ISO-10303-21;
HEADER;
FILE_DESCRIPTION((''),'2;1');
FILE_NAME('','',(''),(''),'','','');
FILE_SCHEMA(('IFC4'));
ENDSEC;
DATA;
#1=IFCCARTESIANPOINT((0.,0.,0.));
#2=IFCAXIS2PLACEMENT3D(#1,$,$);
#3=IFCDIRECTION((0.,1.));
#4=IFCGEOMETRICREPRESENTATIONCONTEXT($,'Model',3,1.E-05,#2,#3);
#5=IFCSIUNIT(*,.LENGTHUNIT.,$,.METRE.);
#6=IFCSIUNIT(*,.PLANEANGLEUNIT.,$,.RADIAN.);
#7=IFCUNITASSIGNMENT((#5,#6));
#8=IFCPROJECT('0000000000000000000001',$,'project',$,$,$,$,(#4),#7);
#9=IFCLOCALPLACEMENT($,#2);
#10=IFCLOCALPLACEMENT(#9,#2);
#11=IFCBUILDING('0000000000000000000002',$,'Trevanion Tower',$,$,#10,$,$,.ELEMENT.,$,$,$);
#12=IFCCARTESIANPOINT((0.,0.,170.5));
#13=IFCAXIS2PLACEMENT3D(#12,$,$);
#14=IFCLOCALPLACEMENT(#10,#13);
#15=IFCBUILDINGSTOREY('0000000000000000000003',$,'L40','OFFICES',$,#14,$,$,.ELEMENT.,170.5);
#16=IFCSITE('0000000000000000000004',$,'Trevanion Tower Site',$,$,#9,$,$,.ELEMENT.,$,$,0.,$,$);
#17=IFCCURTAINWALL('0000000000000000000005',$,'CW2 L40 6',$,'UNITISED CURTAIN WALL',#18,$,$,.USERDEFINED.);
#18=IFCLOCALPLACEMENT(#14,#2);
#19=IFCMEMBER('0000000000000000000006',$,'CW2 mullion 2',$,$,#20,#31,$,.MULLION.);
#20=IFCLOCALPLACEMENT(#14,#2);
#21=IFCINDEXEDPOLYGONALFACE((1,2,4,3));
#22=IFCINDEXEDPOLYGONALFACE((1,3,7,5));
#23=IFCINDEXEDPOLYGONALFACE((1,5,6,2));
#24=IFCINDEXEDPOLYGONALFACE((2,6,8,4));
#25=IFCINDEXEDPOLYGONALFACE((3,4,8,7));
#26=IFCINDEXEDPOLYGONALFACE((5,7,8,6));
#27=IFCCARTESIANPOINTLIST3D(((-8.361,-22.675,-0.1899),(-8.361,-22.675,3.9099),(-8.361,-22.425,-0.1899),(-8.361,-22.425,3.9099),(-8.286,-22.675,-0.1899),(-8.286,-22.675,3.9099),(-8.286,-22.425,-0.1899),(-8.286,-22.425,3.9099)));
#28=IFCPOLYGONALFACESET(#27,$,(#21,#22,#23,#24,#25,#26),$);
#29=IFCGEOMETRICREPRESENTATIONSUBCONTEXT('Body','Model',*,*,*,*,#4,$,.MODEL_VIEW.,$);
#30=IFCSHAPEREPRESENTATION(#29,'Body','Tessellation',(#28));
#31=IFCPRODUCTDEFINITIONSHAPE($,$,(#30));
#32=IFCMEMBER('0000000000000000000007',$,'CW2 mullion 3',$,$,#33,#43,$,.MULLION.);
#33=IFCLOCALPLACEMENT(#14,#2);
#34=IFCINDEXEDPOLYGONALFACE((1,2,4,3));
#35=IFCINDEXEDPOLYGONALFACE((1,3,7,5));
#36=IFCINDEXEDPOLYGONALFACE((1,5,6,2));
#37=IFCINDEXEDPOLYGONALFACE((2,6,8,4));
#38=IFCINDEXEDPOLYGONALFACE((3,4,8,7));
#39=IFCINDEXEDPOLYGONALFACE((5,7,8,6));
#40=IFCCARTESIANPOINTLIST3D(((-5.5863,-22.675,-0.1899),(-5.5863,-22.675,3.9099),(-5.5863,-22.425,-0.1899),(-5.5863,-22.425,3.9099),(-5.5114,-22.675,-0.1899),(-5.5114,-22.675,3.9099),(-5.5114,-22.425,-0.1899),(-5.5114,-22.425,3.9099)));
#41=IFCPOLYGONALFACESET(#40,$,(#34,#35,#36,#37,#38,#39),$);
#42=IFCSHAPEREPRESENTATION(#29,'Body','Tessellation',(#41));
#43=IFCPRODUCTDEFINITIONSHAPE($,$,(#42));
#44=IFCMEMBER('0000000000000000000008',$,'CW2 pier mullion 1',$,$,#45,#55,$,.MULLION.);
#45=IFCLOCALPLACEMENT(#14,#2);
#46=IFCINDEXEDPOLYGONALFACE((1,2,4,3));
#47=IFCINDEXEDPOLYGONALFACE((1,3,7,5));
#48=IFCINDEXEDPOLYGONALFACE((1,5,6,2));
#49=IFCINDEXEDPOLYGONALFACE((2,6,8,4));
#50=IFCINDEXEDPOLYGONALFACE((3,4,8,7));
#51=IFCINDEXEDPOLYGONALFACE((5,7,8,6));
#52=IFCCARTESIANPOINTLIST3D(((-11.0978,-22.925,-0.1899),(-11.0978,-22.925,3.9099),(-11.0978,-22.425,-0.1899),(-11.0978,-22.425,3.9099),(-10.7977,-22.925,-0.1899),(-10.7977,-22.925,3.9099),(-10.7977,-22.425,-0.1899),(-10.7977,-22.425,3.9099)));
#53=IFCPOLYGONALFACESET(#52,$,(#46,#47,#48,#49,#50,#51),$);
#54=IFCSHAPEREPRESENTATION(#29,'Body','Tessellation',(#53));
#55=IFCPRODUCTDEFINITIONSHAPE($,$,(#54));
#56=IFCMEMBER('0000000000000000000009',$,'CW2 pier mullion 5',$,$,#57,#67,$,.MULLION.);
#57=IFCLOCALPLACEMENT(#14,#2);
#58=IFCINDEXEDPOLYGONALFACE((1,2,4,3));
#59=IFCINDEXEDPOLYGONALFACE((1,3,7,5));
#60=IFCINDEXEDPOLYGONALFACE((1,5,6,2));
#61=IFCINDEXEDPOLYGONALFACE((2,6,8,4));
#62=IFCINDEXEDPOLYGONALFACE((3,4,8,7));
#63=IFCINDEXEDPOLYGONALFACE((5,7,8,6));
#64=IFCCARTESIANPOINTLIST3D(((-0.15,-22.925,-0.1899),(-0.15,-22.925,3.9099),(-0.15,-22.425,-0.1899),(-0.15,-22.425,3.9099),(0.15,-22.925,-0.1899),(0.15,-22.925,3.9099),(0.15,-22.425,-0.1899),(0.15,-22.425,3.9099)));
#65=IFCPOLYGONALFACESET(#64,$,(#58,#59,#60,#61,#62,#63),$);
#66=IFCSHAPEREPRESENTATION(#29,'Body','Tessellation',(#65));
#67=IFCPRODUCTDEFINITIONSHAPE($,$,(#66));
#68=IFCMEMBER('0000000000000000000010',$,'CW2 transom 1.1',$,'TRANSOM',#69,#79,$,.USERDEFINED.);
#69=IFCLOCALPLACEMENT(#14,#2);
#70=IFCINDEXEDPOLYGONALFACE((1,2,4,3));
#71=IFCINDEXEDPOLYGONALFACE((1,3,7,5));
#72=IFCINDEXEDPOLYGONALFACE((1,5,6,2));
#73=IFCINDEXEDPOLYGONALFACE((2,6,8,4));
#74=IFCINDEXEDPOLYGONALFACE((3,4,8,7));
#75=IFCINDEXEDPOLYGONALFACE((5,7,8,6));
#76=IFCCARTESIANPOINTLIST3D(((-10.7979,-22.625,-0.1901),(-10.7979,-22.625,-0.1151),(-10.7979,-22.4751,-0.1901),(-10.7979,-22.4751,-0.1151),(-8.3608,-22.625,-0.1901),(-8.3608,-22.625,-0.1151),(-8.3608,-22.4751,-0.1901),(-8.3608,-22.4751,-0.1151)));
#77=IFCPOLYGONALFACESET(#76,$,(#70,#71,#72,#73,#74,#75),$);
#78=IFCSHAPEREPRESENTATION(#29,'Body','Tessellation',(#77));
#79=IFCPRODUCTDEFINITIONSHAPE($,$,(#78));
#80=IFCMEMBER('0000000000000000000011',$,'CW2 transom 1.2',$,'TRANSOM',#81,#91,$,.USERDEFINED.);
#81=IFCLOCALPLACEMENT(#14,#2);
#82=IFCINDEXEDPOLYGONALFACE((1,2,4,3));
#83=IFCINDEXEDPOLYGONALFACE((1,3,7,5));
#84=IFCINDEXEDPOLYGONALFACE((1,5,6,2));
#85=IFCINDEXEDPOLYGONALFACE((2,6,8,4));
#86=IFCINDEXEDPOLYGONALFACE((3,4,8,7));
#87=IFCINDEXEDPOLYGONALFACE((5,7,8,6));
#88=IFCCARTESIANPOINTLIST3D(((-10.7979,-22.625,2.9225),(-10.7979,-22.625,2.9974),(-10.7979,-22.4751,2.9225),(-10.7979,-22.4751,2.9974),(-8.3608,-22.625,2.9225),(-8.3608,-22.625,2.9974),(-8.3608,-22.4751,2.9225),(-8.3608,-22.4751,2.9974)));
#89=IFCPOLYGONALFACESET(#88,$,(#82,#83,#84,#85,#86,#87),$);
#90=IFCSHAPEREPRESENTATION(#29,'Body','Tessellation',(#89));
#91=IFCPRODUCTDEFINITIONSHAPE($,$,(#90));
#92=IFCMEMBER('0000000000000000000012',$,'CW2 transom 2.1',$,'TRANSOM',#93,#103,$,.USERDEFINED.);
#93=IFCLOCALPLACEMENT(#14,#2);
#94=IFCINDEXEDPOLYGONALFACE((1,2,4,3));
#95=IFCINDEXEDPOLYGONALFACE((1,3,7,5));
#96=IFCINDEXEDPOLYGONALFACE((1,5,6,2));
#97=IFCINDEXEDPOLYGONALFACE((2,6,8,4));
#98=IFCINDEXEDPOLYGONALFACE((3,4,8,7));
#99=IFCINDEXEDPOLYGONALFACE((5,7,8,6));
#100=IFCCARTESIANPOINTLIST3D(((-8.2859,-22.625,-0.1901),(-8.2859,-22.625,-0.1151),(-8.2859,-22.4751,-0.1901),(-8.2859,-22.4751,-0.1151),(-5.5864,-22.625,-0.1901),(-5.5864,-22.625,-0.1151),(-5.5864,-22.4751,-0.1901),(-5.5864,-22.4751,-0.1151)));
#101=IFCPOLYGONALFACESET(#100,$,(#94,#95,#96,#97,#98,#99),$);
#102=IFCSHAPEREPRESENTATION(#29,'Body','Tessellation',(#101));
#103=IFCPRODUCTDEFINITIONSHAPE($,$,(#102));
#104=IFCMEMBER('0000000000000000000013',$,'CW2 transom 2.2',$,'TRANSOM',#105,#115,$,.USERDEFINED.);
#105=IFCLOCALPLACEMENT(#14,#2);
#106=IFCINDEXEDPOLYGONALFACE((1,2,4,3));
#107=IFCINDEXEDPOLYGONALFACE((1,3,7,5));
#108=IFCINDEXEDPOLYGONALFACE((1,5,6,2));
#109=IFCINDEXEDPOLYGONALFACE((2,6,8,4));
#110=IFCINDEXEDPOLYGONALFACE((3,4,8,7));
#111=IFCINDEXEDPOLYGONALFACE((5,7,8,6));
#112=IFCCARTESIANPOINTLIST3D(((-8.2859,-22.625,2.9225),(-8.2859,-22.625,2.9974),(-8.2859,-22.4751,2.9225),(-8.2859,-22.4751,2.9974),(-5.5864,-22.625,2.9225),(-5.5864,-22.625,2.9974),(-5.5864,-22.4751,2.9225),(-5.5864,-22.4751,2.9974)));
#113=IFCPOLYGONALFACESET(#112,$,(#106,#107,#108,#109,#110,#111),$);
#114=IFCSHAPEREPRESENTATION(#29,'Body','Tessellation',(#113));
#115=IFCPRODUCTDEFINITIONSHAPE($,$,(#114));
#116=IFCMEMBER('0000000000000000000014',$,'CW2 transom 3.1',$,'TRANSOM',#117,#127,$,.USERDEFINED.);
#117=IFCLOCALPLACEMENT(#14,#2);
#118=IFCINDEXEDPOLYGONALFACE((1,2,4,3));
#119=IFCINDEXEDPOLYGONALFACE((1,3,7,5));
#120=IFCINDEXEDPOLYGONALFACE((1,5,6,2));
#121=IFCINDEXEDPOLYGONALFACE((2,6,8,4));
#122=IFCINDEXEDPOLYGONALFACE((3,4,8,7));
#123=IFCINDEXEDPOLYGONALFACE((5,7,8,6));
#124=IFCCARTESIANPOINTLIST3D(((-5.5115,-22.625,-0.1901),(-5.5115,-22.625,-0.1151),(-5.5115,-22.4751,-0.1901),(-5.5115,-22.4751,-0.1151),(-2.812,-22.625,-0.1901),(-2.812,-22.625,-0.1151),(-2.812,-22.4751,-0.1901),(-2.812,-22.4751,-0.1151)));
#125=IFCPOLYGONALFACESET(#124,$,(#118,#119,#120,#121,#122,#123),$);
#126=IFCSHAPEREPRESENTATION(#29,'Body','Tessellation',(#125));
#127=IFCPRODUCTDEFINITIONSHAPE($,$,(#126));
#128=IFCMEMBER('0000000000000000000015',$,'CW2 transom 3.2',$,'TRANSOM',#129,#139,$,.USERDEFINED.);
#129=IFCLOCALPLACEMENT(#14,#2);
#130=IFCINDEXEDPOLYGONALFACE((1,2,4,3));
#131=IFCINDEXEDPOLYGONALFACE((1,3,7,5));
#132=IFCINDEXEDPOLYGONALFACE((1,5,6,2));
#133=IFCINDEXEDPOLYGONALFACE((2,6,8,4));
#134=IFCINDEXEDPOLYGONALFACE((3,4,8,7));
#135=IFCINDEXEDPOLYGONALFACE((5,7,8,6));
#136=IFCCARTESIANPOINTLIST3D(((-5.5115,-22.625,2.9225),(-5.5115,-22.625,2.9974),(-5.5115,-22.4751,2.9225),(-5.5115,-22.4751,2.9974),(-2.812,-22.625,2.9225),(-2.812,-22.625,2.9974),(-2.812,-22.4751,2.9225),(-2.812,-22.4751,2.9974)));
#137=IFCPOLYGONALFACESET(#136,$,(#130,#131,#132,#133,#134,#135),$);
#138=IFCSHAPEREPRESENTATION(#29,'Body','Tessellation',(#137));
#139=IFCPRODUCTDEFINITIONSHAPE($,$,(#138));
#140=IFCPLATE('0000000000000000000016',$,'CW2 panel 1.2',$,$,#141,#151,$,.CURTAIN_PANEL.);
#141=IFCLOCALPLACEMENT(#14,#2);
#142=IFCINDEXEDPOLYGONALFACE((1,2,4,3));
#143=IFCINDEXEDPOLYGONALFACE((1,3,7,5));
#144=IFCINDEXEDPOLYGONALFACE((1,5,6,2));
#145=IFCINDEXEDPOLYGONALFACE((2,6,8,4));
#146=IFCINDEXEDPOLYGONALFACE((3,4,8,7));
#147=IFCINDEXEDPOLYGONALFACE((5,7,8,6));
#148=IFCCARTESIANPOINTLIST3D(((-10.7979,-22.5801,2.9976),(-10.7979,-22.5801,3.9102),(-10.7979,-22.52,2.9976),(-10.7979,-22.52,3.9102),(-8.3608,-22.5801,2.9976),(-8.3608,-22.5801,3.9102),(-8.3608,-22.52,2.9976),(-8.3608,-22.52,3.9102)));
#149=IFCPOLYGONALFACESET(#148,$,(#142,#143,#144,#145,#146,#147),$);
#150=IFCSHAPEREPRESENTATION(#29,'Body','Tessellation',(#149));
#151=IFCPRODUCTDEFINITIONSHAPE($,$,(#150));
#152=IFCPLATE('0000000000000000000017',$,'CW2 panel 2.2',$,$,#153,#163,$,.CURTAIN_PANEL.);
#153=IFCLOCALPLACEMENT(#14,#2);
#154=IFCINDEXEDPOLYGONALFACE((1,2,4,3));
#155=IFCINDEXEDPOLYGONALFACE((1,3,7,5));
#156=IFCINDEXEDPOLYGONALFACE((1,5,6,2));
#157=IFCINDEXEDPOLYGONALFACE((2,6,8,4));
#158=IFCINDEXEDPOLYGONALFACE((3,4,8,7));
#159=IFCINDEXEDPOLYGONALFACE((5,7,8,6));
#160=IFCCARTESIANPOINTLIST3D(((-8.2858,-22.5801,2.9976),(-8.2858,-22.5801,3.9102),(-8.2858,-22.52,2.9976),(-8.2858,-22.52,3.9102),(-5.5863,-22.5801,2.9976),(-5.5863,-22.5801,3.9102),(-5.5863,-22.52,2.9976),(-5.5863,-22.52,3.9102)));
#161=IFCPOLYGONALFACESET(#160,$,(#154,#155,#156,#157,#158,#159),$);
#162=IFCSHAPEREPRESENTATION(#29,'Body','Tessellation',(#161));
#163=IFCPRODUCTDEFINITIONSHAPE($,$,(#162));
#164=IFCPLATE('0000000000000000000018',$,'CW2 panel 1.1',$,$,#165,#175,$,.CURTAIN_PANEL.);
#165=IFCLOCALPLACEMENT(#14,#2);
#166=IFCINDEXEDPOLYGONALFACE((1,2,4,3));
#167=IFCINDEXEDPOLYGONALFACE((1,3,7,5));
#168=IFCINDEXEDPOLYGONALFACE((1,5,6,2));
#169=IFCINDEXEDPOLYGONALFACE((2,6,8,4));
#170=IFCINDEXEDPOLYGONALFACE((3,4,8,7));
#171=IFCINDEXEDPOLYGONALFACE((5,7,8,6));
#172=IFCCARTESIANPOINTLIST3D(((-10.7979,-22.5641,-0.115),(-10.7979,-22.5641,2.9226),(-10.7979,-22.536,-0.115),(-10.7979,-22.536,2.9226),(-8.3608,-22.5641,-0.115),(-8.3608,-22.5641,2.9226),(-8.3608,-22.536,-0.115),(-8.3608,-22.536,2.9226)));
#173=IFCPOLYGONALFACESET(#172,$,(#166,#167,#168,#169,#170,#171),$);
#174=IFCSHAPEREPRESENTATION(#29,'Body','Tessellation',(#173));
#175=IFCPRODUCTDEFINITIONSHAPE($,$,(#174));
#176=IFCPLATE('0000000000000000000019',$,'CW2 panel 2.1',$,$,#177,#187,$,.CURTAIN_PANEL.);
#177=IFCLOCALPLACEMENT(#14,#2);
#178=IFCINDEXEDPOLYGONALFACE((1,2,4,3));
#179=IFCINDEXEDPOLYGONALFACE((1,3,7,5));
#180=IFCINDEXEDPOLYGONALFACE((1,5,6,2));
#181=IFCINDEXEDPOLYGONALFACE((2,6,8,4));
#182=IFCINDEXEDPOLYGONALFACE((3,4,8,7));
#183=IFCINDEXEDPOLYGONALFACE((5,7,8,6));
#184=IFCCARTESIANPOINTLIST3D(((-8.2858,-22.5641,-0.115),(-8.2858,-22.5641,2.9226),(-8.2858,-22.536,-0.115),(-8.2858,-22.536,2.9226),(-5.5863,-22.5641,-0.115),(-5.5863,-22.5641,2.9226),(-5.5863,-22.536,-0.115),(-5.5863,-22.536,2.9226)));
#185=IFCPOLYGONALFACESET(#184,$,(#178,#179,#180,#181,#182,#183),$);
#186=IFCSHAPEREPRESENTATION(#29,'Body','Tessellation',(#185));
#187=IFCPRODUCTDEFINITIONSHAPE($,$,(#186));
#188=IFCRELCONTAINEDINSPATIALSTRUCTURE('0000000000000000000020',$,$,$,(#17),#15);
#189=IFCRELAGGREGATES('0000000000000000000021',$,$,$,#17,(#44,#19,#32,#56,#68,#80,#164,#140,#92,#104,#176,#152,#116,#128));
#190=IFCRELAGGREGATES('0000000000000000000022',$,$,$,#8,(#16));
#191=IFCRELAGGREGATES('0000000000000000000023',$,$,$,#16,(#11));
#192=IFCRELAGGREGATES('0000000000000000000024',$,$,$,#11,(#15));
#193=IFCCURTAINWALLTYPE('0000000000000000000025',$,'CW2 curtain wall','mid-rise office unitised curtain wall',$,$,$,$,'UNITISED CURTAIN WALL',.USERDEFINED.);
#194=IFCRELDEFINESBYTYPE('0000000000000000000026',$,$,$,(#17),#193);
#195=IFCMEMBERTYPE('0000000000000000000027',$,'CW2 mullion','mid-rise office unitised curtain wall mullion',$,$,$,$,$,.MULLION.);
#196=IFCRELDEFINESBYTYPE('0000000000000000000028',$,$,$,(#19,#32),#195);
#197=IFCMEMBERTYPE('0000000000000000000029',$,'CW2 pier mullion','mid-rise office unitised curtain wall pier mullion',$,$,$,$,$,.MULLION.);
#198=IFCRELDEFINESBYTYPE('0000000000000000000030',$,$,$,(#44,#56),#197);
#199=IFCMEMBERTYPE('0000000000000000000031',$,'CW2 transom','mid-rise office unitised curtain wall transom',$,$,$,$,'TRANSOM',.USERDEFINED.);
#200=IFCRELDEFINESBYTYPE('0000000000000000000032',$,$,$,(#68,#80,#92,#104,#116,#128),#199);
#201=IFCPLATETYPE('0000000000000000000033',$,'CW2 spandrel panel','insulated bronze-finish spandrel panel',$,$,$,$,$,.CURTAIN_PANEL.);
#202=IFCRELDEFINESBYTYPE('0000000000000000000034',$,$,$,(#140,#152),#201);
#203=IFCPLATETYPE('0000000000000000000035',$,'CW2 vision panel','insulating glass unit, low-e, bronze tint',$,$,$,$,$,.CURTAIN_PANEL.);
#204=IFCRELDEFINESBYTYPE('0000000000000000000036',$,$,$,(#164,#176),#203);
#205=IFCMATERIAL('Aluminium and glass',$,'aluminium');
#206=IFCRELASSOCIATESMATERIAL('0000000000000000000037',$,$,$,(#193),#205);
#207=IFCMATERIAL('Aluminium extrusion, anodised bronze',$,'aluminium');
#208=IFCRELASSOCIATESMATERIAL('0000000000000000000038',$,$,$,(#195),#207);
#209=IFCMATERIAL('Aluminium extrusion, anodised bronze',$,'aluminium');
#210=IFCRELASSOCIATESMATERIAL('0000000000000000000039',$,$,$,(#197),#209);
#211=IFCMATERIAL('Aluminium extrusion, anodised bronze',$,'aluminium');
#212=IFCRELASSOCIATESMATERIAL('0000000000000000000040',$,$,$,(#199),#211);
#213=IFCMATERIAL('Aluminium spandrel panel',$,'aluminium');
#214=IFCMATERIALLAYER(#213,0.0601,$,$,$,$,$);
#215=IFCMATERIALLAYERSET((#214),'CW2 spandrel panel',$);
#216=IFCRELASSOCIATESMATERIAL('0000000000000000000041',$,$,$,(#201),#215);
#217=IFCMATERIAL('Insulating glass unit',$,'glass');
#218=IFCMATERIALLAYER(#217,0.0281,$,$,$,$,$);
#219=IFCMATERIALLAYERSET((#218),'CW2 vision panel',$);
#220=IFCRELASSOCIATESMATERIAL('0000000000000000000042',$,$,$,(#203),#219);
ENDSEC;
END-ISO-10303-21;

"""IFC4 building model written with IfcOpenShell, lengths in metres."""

from ifc_helpers import new_model, si_unit, direction, frame, origin, origin_2d, place, context, subcontext, project, spatial, rectangle, extrude, material, layer, layer_set, material_profile, profile_set, type_object, element, aggregate, save


model = new_model("IFC4")

# Units and contexts
model_context = context("Model", 3, precision=1e-05, world=origin(), true_north=direction((0.0, 1.0)))
body_context = subcontext(model_context, "Body", "Model", "MODEL_VIEW")
ifc_project = project(units=[si_unit("LENGTHUNIT", "METRE"), si_unit("PLANEANGLEUNIT", "RADIAN")], contexts=[model_context])

# Site, building, storey
site_placement = place(None, origin())
site = spatial("IfcSite", under=ifc_project, at=site_placement, Name="Trevanion Tower Site", CompositionType="ELEMENT", RefElevation=0.0)
building_placement = place(site_placement, origin())
building = spatial("IfcBuilding", under=site, at=building_placement, Name="Trevanion Tower", CompositionType="ELEMENT")
storey_placement = place(building_placement, frame((0.0, 0.0, 170.5)))
storey = spatial("IfcBuildingStorey", under=building, at=storey_placement, Name="L40", Description="OFFICES", CompositionType="ELEMENT", Elevation=170.5)

# Curtain wall, members, plates
ifc_material_1 = material(Name="Aluminium and glass", Category="aluminium")
curtain_wall_type = type_object("IfcCurtainWallType", Name="CW2 curtain wall", Description="mid-rise office unitised curtain wall", ElementType="UNITISED CURTAIN WALL", PredefinedType="USERDEFINED", material=ifc_material_1)
curtain_wall_placement = place(storey_placement, origin())
curtain_wall = element("IfcCurtainWall", 1, at=curtain_wall_placement, inside=storey, type_object=curtain_wall_type, Name="CW2 L40 6", ObjectType="UNITISED CURTAIN WALL", PredefinedType="USERDEFINED")
ifc_material_2 = material(Name="Aluminium extrusion, anodised bronze", Category="aluminium")
ifc_material_profile_1 = material_profile(ifc_material_2, rectangle(XDim=0.075, YDim=0.25, at=origin_2d()), Name="CW2 mullion")
ifc_profile_set_1 = profile_set([ifc_material_profile_1], Name="Aluminium extrusion, anodised bronze")
member_type_1 = type_object("IfcMemberType", Name="CW2 mullion", Description="mid-rise office unitised curtain wall mullion", PredefinedType="MULLION", material=ifc_profile_set_1)
member_1_placement = place(storey_placement, frame((-8.3235, -22.55, -0.1899), z_axis=(0.0, 0.0, 1.0), x_axis=(1.0, 0.0, 0.0)))
member_1 = element("IfcMember", 2, at=member_1_placement, type_object=member_type_1, Name="CW2 mullion 2", PredefinedType="MULLION", context=body_context, shape_type="SweptSolid", body=[
    extrude(rectangle(XDim=0.075, YDim=0.25, at=origin_2d()), origin(), (0.0, 0.0, 1.0), 4.0999),
])
member_2_placement = place(storey_placement, frame((-5.5488, -22.55, -0.1899), z_axis=(0.0, 0.0, 1.0), x_axis=(1.0, 0.0, 0.0)))
member_2 = element("IfcMember", 3, at=member_2_placement, type_object=member_type_1, Name="CW2 mullion 3", PredefinedType="MULLION", context=body_context, shape_type="SweptSolid", body=[
    extrude(rectangle(XDim=0.075, YDim=0.25, at=origin_2d()), origin(), (0.0, 0.0, 1.0), 4.0999),
])
ifc_material_3 = material(Name="Aluminium extrusion, anodised bronze", Category="aluminium")
ifc_material_profile_2 = material_profile(ifc_material_3, rectangle(XDim=0.3, YDim=0.5, at=origin_2d()), Name="CW2 pier mullion")
ifc_profile_set_2 = profile_set([ifc_material_profile_2], Name="Aluminium extrusion, anodised bronze")
member_type_2 = type_object("IfcMemberType", Name="CW2 pier mullion", Description="mid-rise office unitised curtain wall pier mullion", PredefinedType="MULLION", material=ifc_profile_set_2)
member_3_placement = place(storey_placement, frame((-10.9478, -22.675, -0.1899), z_axis=(0.0, 0.0, 1.0), x_axis=(1.0, 0.0, 0.0)))
member_3 = element("IfcMember", 4, at=member_3_placement, type_object=member_type_2, Name="CW2 pier mullion 1", PredefinedType="MULLION", context=body_context, shape_type="SweptSolid", body=[
    extrude(rectangle(XDim=0.3, YDim=0.5, at=origin_2d()), origin(), (0.0, 0.0, 1.0), 4.0999),
])
member_4_placement = place(storey_placement, frame((0.0, -22.675, -0.1899), z_axis=(0.0, 0.0, 1.0), x_axis=(1.0, 0.0, 0.0)))
member_4 = element("IfcMember", 5, at=member_4_placement, type_object=member_type_2, Name="CW2 pier mullion 5", PredefinedType="MULLION", context=body_context, shape_type="SweptSolid", body=[
    extrude(rectangle(XDim=0.3, YDim=0.5, at=origin_2d()), origin(), (0.0, 0.0, 1.0), 4.0999),
])
ifc_material_4 = material(Name="Aluminium extrusion, anodised bronze", Category="aluminium")
ifc_material_profile_3 = material_profile(ifc_material_4, rectangle(XDim=0.1499, YDim=0.075, at=origin_2d()), Name="CW2 transom")
ifc_profile_set_3 = profile_set([ifc_material_profile_3], Name="Aluminium extrusion, anodised bronze")
member_type_3 = type_object("IfcMemberType", Name="CW2 transom", Description="mid-rise office unitised curtain wall transom", ElementType="TRANSOM", PredefinedType="USERDEFINED", material=ifc_profile_set_3)
member_5_placement = place(storey_placement, frame((-10.7979, -22.55, -0.1526), z_axis=(1.0, 0.0, 0.0), x_axis=(0.0, 1.0, 0.0)))
member_5 = element("IfcMember", 6, at=member_5_placement, type_object=member_type_3, Name="CW2 transom 1.1", ObjectType="TRANSOM", PredefinedType="USERDEFINED", context=body_context, shape_type="SweptSolid", body=[
    extrude(rectangle(XDim=0.1499, YDim=0.075, at=origin_2d()), origin(), (0.0, 0.0, 1.0), 2.437),
])
member_6_placement = place(storey_placement, frame((-10.7979, -22.55, 2.96), z_axis=(1.0, 0.0, 0.0), x_axis=(0.0, 1.0, 0.0)))
member_6 = element("IfcMember", 7, at=member_6_placement, type_object=member_type_3, Name="CW2 transom 1.2", ObjectType="TRANSOM", PredefinedType="USERDEFINED", context=body_context, shape_type="SweptSolid", body=[
    extrude(rectangle(XDim=0.1499, YDim=0.075, at=origin_2d()), origin(), (0.0, 0.0, 1.0), 2.437),
])
member_7_placement = place(storey_placement, frame((-8.2859, -22.55, -0.1526), z_axis=(1.0, 0.0, 0.0), x_axis=(0.0, 1.0, 0.0)))
member_7 = element("IfcMember", 8, at=member_7_placement, type_object=member_type_3, Name="CW2 transom 2.1", ObjectType="TRANSOM", PredefinedType="USERDEFINED", context=body_context, shape_type="SweptSolid", body=[
    extrude(rectangle(XDim=0.1499, YDim=0.075, at=origin_2d()), origin(), (0.0, 0.0, 1.0), 2.6995),
])
member_8_placement = place(storey_placement, frame((-8.2859, -22.55, 2.96), z_axis=(1.0, 0.0, 0.0), x_axis=(0.0, 1.0, 0.0)))
member_8 = element("IfcMember", 9, at=member_8_placement, type_object=member_type_3, Name="CW2 transom 2.2", ObjectType="TRANSOM", PredefinedType="USERDEFINED", context=body_context, shape_type="SweptSolid", body=[
    extrude(rectangle(XDim=0.1499, YDim=0.075, at=origin_2d()), origin(), (0.0, 0.0, 1.0), 2.6995),
])
member_9_placement = place(storey_placement, frame((-5.5115, -22.55, -0.1526), z_axis=(1.0, 0.0, 0.0), x_axis=(0.0, 1.0, 0.0)))
member_9 = element("IfcMember", 10, at=member_9_placement, type_object=member_type_3, Name="CW2 transom 3.1", ObjectType="TRANSOM", PredefinedType="USERDEFINED", context=body_context, shape_type="SweptSolid", body=[
    extrude(rectangle(XDim=0.1499, YDim=0.075, at=origin_2d()), origin(), (0.0, 0.0, 1.0), 2.6995),
])
member_10_placement = place(storey_placement, frame((-5.5115, -22.55, 2.96), z_axis=(1.0, 0.0, 0.0), x_axis=(0.0, 1.0, 0.0)))
member_10 = element("IfcMember", 11, at=member_10_placement, type_object=member_type_3, Name="CW2 transom 3.2", ObjectType="TRANSOM", PredefinedType="USERDEFINED", context=body_context, shape_type="SweptSolid", body=[
    extrude(rectangle(XDim=0.1499, YDim=0.075, at=origin_2d()), origin(), (0.0, 0.0, 1.0), 2.6995),
])
ifc_material_5 = material(Name="Aluminium spandrel panel", Category="aluminium")
ifc_layer_1 = layer(ifc_material_5, 0.0601)
ifc_layer_set_1 = layer_set([ifc_layer_1], Name="CW2 spandrel panel")
plate_type_1 = type_object("IfcPlateType", Name="CW2 spandrel panel", Description="insulated bronze-finish spandrel panel", PredefinedType="CURTAIN_PANEL", material=ifc_layer_set_1)
plate_1_placement = place(storey_placement, frame((-9.5793, -22.55, 2.9976), z_axis=(0.0, 0.0, 1.0), x_axis=(1.0, 0.0, 0.0)))
plate_1 = element("IfcPlate", 12, at=plate_1_placement, type_object=plate_type_1, Name="CW2 panel 1.2", PredefinedType="CURTAIN_PANEL", context=body_context, shape_type="SweptSolid", body=[
    extrude(rectangle(XDim=2.437, YDim=0.0601, at=origin_2d()), origin(), (0.0, 0.0, 1.0), 0.9126),
])
plate_2_placement = place(storey_placement, frame((-6.936, -22.55, 2.9976), z_axis=(0.0, 0.0, 1.0), x_axis=(1.0, 0.0, 0.0)))
plate_2 = element("IfcPlate", 13, at=plate_2_placement, type_object=plate_type_1, Name="CW2 panel 2.2", PredefinedType="CURTAIN_PANEL", context=body_context, shape_type="SweptSolid", body=[
    extrude(rectangle(XDim=2.6995, YDim=0.0601, at=origin_2d()), origin(), (0.0, 0.0, 1.0), 0.9126),
])
ifc_material_6 = material(Name="Insulating glass unit", Category="glass")
ifc_layer_2 = layer(ifc_material_6, 0.0281)
ifc_layer_set_2 = layer_set([ifc_layer_2], Name="CW2 vision panel")
plate_type_2 = type_object("IfcPlateType", Name="CW2 vision panel", Description="insulating glass unit, low-e, bronze tint", PredefinedType="CURTAIN_PANEL", material=ifc_layer_set_2)
plate_3_placement = place(storey_placement, frame((-9.5793, -22.55, -0.115), z_axis=(0.0, 0.0, 1.0), x_axis=(1.0, 0.0, 0.0)))
plate_3 = element("IfcPlate", 14, at=plate_3_placement, type_object=plate_type_2, Name="CW2 panel 1.1", PredefinedType="CURTAIN_PANEL", context=body_context, shape_type="SweptSolid", body=[
    extrude(rectangle(XDim=2.437, YDim=0.0281, at=origin_2d()), origin(), (0.0, 0.0, 1.0), 3.0376),
])
plate_4_placement = place(storey_placement, frame((-6.936, -22.55, -0.115), z_axis=(0.0, 0.0, 1.0), x_axis=(1.0, 0.0, 0.0)))
plate_4 = element("IfcPlate", 15, at=plate_4_placement, type_object=plate_type_2, Name="CW2 panel 2.1", PredefinedType="CURTAIN_PANEL", context=body_context, shape_type="SweptSolid", body=[
    extrude(rectangle(XDim=2.6995, YDim=0.0281, at=origin_2d()), origin(), (0.0, 0.0, 1.0), 3.0376),
])
aggregate(curtain_wall, [member_3, member_1, member_2, member_4, member_5, member_6, plate_3, plate_1, member_7, member_8, plate_4, plate_2, member_9, member_10])

save(model, "model.ifc")
